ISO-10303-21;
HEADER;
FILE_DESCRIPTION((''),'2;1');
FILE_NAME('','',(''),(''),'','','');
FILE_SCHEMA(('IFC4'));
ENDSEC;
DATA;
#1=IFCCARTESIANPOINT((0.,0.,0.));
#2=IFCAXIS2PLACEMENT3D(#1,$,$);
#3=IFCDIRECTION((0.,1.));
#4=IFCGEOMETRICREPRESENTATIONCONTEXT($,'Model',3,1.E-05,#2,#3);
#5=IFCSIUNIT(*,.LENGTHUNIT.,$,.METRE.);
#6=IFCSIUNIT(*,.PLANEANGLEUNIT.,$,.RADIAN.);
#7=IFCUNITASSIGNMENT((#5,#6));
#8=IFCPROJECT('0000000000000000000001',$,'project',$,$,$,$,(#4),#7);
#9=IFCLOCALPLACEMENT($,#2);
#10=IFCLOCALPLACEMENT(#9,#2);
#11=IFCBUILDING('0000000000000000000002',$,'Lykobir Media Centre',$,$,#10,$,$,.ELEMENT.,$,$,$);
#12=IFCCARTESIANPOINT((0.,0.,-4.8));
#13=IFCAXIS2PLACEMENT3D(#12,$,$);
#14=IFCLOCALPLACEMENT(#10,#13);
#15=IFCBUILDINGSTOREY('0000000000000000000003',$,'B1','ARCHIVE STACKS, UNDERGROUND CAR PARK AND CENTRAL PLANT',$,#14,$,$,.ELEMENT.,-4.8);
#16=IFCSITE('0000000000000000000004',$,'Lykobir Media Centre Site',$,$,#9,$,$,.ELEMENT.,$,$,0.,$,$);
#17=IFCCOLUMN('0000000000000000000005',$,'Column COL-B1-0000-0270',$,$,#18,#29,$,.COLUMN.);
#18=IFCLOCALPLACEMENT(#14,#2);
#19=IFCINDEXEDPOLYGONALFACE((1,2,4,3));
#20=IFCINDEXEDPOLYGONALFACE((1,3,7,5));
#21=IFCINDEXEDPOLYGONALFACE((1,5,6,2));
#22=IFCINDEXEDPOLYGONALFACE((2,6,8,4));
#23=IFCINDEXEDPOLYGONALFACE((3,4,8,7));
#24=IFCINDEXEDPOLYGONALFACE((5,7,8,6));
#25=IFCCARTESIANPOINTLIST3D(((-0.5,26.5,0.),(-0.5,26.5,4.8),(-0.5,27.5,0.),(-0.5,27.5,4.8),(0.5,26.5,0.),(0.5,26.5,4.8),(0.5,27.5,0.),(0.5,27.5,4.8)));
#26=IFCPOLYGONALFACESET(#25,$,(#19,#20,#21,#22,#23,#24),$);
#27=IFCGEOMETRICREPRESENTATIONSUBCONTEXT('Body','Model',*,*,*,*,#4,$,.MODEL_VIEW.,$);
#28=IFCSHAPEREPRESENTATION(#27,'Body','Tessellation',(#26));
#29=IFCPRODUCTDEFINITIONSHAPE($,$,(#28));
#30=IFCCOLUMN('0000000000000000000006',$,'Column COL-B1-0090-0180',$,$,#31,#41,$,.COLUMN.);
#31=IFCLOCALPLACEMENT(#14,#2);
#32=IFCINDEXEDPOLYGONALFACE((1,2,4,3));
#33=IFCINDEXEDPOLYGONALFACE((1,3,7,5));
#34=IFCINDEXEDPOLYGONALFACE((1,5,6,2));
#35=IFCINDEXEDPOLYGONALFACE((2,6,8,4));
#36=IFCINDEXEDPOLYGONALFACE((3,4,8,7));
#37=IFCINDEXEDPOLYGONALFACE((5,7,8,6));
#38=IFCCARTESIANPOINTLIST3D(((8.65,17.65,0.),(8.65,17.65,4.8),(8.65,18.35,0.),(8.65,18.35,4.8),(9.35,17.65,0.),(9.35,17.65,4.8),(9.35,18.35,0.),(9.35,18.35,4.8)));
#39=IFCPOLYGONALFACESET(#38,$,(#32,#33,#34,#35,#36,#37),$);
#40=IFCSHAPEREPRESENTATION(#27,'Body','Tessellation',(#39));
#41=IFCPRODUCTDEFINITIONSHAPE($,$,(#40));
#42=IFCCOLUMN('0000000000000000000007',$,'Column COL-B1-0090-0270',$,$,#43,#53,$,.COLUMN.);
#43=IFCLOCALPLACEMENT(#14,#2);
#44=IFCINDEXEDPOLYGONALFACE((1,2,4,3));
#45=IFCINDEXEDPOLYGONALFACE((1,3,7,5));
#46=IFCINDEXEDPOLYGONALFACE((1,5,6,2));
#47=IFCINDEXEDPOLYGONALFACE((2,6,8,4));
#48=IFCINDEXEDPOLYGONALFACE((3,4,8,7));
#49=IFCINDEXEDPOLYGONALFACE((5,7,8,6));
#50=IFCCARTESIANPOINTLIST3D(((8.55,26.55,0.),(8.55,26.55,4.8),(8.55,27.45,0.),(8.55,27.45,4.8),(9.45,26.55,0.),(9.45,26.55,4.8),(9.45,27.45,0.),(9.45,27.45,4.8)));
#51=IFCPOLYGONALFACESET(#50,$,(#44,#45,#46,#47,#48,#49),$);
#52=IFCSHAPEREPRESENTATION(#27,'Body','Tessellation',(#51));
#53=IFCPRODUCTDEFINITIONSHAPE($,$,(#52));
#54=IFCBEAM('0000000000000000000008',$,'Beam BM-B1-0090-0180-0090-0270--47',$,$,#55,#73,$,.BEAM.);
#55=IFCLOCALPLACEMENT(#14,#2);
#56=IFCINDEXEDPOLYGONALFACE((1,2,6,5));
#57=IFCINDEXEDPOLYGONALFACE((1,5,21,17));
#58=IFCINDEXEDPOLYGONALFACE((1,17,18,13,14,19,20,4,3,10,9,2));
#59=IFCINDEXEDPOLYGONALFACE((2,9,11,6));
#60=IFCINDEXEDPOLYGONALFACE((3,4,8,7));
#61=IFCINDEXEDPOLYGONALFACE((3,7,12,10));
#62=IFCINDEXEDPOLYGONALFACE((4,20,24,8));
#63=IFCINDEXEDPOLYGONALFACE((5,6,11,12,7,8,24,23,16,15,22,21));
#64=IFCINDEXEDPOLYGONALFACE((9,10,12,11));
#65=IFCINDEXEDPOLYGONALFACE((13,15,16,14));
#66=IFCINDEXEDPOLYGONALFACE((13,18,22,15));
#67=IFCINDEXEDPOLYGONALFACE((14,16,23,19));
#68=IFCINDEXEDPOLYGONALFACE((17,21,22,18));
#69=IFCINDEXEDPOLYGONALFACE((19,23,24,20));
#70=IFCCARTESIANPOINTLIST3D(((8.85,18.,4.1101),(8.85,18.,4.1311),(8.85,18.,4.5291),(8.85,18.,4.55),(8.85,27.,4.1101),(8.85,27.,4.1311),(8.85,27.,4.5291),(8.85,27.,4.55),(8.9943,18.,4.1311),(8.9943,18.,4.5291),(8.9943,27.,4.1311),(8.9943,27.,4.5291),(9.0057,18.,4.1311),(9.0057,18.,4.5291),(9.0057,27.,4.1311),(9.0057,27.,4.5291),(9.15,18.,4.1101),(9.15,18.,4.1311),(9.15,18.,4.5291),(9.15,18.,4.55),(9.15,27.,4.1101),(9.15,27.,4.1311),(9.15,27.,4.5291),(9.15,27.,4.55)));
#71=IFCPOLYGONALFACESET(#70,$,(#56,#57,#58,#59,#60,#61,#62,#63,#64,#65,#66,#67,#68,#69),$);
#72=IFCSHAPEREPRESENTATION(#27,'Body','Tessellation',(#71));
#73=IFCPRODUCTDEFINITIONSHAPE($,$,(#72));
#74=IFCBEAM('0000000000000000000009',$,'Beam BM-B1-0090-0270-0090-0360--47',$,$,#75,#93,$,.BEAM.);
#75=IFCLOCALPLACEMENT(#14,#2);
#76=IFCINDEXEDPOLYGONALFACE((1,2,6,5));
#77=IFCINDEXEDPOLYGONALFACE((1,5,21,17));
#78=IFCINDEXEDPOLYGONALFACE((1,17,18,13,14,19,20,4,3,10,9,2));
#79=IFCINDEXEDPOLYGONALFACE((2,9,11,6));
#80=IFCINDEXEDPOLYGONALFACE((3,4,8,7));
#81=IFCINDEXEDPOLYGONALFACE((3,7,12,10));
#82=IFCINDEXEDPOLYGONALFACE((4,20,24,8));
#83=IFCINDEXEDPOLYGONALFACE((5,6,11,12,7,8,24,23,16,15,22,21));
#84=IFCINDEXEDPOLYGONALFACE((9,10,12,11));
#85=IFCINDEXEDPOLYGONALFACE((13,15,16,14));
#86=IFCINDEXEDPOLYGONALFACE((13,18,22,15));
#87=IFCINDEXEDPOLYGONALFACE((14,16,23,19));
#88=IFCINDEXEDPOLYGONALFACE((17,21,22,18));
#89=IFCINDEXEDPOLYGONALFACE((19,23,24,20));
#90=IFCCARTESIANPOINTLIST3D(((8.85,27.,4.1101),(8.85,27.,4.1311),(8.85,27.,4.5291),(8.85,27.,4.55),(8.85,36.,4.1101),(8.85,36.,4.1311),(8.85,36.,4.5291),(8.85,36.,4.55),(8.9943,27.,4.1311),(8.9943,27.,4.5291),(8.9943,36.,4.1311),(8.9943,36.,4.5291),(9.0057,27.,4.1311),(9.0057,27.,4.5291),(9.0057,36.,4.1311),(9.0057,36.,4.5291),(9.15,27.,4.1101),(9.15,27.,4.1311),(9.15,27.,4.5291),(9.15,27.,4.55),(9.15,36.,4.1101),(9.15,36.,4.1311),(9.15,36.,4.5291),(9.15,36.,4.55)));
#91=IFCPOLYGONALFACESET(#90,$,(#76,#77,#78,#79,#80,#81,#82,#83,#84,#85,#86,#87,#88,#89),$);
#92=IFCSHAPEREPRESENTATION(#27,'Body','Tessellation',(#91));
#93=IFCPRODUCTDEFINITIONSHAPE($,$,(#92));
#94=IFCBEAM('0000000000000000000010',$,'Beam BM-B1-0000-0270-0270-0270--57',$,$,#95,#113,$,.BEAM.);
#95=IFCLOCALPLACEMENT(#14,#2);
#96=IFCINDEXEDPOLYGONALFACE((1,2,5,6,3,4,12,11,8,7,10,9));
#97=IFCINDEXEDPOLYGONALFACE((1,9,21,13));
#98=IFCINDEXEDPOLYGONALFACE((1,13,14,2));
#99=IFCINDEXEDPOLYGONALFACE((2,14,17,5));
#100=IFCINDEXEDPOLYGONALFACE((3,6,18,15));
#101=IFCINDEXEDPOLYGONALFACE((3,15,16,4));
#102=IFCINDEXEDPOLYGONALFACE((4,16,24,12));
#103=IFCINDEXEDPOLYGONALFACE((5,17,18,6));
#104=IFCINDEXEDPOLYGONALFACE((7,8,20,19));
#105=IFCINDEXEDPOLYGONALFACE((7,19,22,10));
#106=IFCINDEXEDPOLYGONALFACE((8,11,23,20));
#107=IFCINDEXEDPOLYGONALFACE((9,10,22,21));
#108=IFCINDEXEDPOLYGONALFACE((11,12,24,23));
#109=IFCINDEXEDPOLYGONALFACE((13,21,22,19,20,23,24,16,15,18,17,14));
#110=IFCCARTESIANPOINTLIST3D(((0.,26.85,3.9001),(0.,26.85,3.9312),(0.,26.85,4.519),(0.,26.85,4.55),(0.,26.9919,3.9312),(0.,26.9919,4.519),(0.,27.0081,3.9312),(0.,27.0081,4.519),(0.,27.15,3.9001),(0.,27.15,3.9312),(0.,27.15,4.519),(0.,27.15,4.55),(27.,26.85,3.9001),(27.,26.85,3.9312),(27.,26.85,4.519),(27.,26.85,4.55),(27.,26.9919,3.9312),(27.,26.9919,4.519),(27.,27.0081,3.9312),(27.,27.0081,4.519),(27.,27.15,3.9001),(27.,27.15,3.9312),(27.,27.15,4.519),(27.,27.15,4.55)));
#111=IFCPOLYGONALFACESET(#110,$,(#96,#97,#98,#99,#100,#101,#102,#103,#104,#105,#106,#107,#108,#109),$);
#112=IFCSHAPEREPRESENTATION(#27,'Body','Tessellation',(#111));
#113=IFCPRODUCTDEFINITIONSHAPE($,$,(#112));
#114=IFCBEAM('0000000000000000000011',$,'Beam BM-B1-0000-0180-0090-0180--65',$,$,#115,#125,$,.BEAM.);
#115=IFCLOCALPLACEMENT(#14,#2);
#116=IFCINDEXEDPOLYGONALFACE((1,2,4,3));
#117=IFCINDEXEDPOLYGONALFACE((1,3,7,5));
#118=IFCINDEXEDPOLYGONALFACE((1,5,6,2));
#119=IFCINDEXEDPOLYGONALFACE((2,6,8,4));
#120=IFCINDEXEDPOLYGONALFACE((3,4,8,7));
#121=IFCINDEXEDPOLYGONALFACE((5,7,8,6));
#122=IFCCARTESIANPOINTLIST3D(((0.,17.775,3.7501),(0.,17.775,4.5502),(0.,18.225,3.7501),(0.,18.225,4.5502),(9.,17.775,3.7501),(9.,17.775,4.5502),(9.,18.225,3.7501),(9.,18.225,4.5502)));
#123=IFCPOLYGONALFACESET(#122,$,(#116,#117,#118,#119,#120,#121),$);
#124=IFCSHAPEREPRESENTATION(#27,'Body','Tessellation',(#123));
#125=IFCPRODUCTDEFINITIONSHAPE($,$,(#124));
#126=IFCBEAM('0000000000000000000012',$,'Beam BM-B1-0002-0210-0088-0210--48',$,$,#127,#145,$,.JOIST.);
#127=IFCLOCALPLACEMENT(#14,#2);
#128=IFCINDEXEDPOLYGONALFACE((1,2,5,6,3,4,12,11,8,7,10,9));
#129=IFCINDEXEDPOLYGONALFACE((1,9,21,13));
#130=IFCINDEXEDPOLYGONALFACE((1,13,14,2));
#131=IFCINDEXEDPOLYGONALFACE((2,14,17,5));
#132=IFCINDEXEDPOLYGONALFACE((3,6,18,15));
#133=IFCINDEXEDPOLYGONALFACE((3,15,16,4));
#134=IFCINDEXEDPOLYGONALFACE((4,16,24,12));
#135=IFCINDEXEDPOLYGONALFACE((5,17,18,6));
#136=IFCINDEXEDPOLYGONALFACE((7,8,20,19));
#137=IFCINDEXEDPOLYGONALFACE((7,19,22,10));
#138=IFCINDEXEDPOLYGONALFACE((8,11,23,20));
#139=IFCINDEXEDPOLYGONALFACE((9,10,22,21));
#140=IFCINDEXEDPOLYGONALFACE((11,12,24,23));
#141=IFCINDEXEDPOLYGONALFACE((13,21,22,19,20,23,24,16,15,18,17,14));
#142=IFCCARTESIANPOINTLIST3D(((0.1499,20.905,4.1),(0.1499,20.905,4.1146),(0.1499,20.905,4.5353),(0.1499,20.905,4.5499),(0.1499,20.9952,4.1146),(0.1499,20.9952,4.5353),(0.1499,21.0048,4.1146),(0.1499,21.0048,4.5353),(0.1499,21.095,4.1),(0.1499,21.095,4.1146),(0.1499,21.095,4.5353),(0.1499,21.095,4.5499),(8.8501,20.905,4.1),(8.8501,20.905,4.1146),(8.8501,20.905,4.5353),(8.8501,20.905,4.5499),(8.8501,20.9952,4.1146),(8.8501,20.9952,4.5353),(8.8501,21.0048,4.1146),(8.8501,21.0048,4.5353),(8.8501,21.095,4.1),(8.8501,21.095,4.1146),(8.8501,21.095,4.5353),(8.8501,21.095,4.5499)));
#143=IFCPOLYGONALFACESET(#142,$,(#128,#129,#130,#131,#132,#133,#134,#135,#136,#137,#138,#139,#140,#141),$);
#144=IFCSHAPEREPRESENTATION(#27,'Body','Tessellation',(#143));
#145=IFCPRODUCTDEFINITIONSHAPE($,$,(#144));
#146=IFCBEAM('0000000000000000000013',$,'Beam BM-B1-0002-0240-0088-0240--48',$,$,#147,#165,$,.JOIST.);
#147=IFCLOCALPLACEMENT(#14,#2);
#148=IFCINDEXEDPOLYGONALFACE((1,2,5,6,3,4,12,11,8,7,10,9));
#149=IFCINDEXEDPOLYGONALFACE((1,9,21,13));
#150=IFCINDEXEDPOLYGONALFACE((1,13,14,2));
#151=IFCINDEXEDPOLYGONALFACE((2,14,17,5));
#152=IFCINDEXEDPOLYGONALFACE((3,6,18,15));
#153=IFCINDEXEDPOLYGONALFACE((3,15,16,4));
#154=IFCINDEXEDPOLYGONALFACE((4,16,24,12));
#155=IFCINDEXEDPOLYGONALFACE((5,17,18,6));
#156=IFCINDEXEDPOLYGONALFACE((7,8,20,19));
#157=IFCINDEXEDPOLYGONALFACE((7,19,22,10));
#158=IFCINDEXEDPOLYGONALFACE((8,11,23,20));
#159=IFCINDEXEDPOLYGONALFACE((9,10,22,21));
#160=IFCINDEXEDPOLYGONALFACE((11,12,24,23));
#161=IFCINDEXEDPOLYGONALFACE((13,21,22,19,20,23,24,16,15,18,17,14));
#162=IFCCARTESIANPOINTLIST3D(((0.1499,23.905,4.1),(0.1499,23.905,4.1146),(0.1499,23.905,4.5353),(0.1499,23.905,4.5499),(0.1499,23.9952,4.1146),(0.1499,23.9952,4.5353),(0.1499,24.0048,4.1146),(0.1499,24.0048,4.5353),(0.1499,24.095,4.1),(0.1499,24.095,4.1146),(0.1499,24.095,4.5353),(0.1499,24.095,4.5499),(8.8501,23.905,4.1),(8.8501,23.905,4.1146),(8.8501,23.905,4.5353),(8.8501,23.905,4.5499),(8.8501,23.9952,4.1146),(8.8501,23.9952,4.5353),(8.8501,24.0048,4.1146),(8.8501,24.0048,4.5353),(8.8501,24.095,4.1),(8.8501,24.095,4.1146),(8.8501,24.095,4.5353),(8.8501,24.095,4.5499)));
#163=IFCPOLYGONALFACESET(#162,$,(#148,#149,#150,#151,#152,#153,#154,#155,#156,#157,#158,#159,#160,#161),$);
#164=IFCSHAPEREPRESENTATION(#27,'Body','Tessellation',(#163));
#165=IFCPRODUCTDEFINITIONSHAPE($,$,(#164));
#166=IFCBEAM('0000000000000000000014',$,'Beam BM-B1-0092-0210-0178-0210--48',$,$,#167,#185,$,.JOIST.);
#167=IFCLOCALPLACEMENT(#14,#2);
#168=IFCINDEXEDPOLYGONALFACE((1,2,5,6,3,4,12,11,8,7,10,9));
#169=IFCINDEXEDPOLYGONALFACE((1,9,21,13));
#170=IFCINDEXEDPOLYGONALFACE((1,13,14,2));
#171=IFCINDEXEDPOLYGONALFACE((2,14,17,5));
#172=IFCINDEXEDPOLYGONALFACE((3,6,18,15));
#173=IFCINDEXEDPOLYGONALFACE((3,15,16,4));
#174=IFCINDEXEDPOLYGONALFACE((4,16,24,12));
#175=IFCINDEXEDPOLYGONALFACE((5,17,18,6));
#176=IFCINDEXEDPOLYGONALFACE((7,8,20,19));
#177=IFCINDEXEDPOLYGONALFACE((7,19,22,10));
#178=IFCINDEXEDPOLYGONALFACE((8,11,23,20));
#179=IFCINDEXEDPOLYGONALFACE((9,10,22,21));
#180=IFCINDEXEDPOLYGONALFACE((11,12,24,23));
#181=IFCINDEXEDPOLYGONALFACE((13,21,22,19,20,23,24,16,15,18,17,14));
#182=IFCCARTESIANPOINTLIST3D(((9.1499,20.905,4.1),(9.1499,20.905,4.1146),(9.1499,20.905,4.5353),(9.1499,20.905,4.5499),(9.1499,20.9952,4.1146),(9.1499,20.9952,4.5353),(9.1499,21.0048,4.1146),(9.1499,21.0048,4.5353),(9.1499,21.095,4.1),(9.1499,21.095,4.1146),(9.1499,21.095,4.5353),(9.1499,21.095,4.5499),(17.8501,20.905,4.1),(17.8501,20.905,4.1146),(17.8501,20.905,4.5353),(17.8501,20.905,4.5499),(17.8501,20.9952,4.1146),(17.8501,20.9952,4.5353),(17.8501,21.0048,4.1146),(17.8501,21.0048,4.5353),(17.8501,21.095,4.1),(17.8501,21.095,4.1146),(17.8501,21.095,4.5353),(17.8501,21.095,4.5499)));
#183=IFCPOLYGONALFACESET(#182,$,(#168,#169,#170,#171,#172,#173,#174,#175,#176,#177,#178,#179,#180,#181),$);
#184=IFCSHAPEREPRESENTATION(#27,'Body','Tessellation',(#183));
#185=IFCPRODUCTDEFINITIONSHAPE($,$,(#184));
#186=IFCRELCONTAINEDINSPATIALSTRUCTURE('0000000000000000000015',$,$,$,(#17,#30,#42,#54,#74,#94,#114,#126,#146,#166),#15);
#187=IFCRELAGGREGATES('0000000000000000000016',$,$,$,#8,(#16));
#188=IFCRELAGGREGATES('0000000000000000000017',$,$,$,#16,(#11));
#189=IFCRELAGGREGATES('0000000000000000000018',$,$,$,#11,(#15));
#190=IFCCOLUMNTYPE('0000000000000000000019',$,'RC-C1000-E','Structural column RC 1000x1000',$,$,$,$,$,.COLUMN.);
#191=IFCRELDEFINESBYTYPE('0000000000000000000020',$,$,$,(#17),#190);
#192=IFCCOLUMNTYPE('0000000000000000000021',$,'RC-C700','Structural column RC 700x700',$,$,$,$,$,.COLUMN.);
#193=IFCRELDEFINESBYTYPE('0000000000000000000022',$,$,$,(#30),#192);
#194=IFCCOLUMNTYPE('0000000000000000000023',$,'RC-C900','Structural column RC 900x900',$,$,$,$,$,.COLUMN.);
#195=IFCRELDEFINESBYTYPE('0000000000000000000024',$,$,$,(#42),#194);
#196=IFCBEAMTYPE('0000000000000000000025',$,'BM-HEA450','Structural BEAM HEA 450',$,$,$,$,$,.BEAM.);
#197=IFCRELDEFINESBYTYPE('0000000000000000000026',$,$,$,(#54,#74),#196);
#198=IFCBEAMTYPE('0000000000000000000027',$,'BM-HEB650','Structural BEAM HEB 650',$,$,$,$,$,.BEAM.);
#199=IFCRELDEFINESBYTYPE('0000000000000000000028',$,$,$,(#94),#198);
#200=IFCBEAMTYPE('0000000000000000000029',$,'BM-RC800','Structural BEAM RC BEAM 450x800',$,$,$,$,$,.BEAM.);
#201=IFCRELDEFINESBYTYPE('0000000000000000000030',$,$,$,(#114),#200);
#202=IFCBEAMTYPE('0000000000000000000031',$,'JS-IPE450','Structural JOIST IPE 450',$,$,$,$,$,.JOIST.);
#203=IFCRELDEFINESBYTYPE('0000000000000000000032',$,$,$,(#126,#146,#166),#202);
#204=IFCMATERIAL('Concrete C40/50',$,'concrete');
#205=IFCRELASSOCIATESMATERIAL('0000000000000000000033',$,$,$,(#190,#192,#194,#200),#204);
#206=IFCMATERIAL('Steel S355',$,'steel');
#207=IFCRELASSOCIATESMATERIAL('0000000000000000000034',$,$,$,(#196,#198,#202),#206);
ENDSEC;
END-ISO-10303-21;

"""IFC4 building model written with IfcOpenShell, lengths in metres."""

from ifc_helpers import new_model, si_unit, direction, frame, origin, origin_2d, place, context, subcontext, project, spatial, rectangle, i_section, extrude, material, material_profile, profile_set, type_object, element, save


model = new_model("IFC4")

# Units and contexts
model_context = context("Model", 3, precision=1e-05, world=origin(), true_north=direction((0.0, 1.0)))
body_context = subcontext(model_context, "Body", "Model", "MODEL_VIEW")
ifc_project = project(units=[si_unit("LENGTHUNIT", "METRE"), si_unit("PLANEANGLEUNIT", "RADIAN")], contexts=[model_context])

# Site, building, storey
site_placement = place(None, origin())
site = spatial("IfcSite", under=ifc_project, at=site_placement, Name="Lykobir Media Centre Site", CompositionType="ELEMENT", RefElevation=0.0)
building_placement = place(site_placement, origin())
building = spatial("IfcBuilding", under=site, at=building_placement, Name="Lykobir Media Centre", CompositionType="ELEMENT")
storey_placement = place(building_placement, frame((0.0, 0.0, -4.8)))
storey = spatial("IfcBuildingStorey", under=building, at=storey_placement, Name="B1", Description="ARCHIVE STACKS, UNDERGROUND CAR PARK AND CENTRAL PLANT", CompositionType="ELEMENT", Elevation=-4.8)

# Columns
ifc_material_1 = material(Name="Concrete C40/50", Category="concrete")
ifc_material_profile_1 = material_profile(ifc_material_1, rectangle(XDim=1.0, YDim=1.0, at=origin_2d()), Name="RC 1000x1000")
ifc_profile_set_1 = profile_set([ifc_material_profile_1], Name="Concrete C40/50")
column_type_1 = type_object("IfcColumnType", Name="RC-C1000-E", Description="Structural column RC 1000x1000", PredefinedType="COLUMN", material=ifc_profile_set_1)
column_1_placement = place(storey_placement, frame((0.0, 27.0, 0.0), z_axis=(0.0, 0.0, 1.0), x_axis=(1.0, 0.0, 0.0)))
element("IfcColumn", 1, at=column_1_placement, inside=storey, type_object=column_type_1, Name="Column COL-B1-0000-0270", PredefinedType="COLUMN", context=body_context, shape_type="SweptSolid", body=[
    extrude(rectangle(XDim=1.0, YDim=1.0, at=origin_2d()), origin(), (0.0, 0.0, 1.0), 4.8),
])
ifc_material_profile_2 = material_profile(ifc_material_1, rectangle(XDim=0.7, YDim=0.7, at=origin_2d()), Name="RC 700x700")
ifc_profile_set_2 = profile_set([ifc_material_profile_2], Name="Concrete C40/50")
column_type_2 = type_object("IfcColumnType", Name="RC-C700", Description="Structural column RC 700x700", PredefinedType="COLUMN", material=ifc_profile_set_2)
column_2_placement = place(storey_placement, frame((9.0, 18.0, 0.0), z_axis=(0.0, 0.0, 1.0), x_axis=(1.0, 0.0, 0.0)))
element("IfcColumn", 2, at=column_2_placement, inside=storey, type_object=column_type_2, Name="Column COL-B1-0090-0180", PredefinedType="COLUMN", context=body_context, shape_type="SweptSolid", body=[
    extrude(rectangle(XDim=0.7, YDim=0.7, at=origin_2d()), origin(), (0.0, 0.0, 1.0), 4.8),
])
ifc_material_profile_3 = material_profile(ifc_material_1, rectangle(XDim=0.8999, YDim=0.8999, at=origin_2d()), Name="RC 900x900")
ifc_profile_set_3 = profile_set([ifc_material_profile_3], Name="Concrete C40/50")
column_type_3 = type_object("IfcColumnType", Name="RC-C900", Description="Structural column RC 900x900", PredefinedType="COLUMN", material=ifc_profile_set_3)
column_3_placement = place(storey_placement, frame((9.0, 27.0, 0.0), z_axis=(0.0, 0.0, 1.0), x_axis=(1.0, 0.0, 0.0)))
element("IfcColumn", 3, at=column_3_placement, inside=storey, type_object=column_type_3, Name="Column COL-B1-0090-0270", PredefinedType="COLUMN", context=body_context, shape_type="SweptSolid", body=[
    extrude(rectangle(XDim=0.8999, YDim=0.8999, at=origin_2d()), origin(), (0.0, 0.0, 1.0), 4.8),
])

# Beams
ifc_material_2 = material(Name="Steel S355", Category="steel")
ifc_material_profile_4 = material_profile(ifc_material_2, i_section(OverallWidth=0.3, OverallDepth=0.4399, WebThickness=0.0115, FlangeThickness=0.021, at=origin_2d()), Name="HEA 450")
ifc_profile_set_4 = profile_set([ifc_material_profile_4], Name="Steel S355")
beam_type_1 = type_object("IfcBeamType", Name="BM-HEA450", Description="Structural BEAM HEA 450", PredefinedType="BEAM", material=ifc_profile_set_4)
for number, where, z_axis, x_axis, name in (
    (4, (9.0, 18.0, 4.3301), (0.0, 1.0, 0.0), (-1.0, 0.0, 0.0), "Beam BM-B1-0090-0180-0090-0270--47"),
    (5, (9.0, 27.0, 4.3301), (0.0, 1.0, 0.0), (-1.0, 0.0, 0.0), "Beam BM-B1-0090-0270-0090-0360--47"),
):
    element("IfcBeam", number, at=place(storey_placement, frame(where, z_axis=z_axis, x_axis=x_axis)), inside=storey, type_object=beam_type_1, Name=name, PredefinedType="BEAM", context=body_context, shape_type="SweptSolid", body=[
        extrude(i_section(OverallWidth=0.3, OverallDepth=0.4399, WebThickness=0.0115, FlangeThickness=0.021, at=origin_2d()), origin(), (0.0, 0.0, 1.0), 9.0),
    ])
ifc_material_profile_5 = material_profile(ifc_material_2, i_section(OverallWidth=0.3, OverallDepth=0.6499, WebThickness=0.0161, FlangeThickness=0.031, at=origin_2d()), Name="HEB 650")
ifc_profile_set_5 = profile_set([ifc_material_profile_5], Name="Steel S355")
beam_type_2 = type_object("IfcBeamType", Name="BM-HEB650", Description="Structural BEAM HEB 650", PredefinedType="BEAM", material=ifc_profile_set_5)
beam_1_placement = place(storey_placement, frame((0.0, 27.0, 4.2251), z_axis=(1.0, 0.0, 0.0), x_axis=(0.0, 1.0, 0.0)))
element("IfcBeam", 6, at=beam_1_placement, inside=storey, type_object=beam_type_2, Name="Beam BM-B1-0000-0270-0270-0270--57", PredefinedType="BEAM", context=body_context, shape_type="SweptSolid", body=[
    extrude(i_section(OverallWidth=0.3, OverallDepth=0.6499, WebThickness=0.0161, FlangeThickness=0.031, at=origin_2d()), origin(), (0.0, 0.0, 1.0), 27.0),
])
ifc_material_profile_6 = material_profile(ifc_material_1, rectangle(XDim=0.45, YDim=0.8, at=origin_2d()), Name="RC BEAM 450x800")
ifc_profile_set_6 = profile_set([ifc_material_profile_6], Name="Concrete C40/50")
beam_type_3 = type_object("IfcBeamType", Name="BM-RC800", Description="Structural BEAM RC BEAM 450x800", PredefinedType="BEAM", material=ifc_profile_set_6)
beam_2_placement = place(storey_placement, frame((0.0, 18.0, 4.1501), z_axis=(1.0, 0.0, 0.0), x_axis=(0.0, 1.0, 0.0)))
element("IfcBeam", 7, at=beam_2_placement, inside=storey, type_object=beam_type_3, Name="Beam BM-B1-0000-0180-0090-0180--65", PredefinedType="BEAM", context=body_context, shape_type="SweptSolid", body=[
    extrude(rectangle(XDim=0.45, YDim=0.8, at=origin_2d()), origin(), (0.0, 0.0, 1.0), 9.0),
])
ifc_material_profile_7 = material_profile(ifc_material_2, i_section(OverallWidth=0.1899, OverallDepth=0.45, WebThickness=0.0095, FlangeThickness=0.0146, at=origin_2d()), Name="IPE 450")
ifc_profile_set_7 = profile_set([ifc_material_profile_7], Name="Steel S355")
beam_type_4 = type_object("IfcBeamType", Name="JS-IPE450", Description="Structural JOIST IPE 450", PredefinedType="JOIST", material=ifc_profile_set_7)
for number, where, z_axis, x_axis, name in (
    (8, (0.1499, 21.0, 4.325), (1.0, 0.0, 0.0), (0.0, 1.0, 0.0), "Beam BM-B1-0002-0210-0088-0210--48"),
    (9, (0.1499, 24.0, 4.325), (1.0, 0.0, 0.0), (0.0, 1.0, 0.0), "Beam BM-B1-0002-0240-0088-0240--48"),
    (10, (9.1499, 21.0, 4.325), (1.0, 0.0, 0.0), (0.0, 1.0, 0.0), "Beam BM-B1-0092-0210-0178-0210--48"),
):
    element("IfcBeam", number, at=place(storey_placement, frame(where, z_axis=z_axis, x_axis=x_axis)), inside=storey, type_object=beam_type_4, Name=name, PredefinedType="JOIST", context=body_context, shape_type="SweptSolid", body=[
        extrude(i_section(OverallWidth=0.1899, OverallDepth=0.45, WebThickness=0.0095, FlangeThickness=0.0146, at=origin_2d()), origin(), (0.0, 0.0, 1.0), 8.7002),
    ])

save(model, "model.ifc")
